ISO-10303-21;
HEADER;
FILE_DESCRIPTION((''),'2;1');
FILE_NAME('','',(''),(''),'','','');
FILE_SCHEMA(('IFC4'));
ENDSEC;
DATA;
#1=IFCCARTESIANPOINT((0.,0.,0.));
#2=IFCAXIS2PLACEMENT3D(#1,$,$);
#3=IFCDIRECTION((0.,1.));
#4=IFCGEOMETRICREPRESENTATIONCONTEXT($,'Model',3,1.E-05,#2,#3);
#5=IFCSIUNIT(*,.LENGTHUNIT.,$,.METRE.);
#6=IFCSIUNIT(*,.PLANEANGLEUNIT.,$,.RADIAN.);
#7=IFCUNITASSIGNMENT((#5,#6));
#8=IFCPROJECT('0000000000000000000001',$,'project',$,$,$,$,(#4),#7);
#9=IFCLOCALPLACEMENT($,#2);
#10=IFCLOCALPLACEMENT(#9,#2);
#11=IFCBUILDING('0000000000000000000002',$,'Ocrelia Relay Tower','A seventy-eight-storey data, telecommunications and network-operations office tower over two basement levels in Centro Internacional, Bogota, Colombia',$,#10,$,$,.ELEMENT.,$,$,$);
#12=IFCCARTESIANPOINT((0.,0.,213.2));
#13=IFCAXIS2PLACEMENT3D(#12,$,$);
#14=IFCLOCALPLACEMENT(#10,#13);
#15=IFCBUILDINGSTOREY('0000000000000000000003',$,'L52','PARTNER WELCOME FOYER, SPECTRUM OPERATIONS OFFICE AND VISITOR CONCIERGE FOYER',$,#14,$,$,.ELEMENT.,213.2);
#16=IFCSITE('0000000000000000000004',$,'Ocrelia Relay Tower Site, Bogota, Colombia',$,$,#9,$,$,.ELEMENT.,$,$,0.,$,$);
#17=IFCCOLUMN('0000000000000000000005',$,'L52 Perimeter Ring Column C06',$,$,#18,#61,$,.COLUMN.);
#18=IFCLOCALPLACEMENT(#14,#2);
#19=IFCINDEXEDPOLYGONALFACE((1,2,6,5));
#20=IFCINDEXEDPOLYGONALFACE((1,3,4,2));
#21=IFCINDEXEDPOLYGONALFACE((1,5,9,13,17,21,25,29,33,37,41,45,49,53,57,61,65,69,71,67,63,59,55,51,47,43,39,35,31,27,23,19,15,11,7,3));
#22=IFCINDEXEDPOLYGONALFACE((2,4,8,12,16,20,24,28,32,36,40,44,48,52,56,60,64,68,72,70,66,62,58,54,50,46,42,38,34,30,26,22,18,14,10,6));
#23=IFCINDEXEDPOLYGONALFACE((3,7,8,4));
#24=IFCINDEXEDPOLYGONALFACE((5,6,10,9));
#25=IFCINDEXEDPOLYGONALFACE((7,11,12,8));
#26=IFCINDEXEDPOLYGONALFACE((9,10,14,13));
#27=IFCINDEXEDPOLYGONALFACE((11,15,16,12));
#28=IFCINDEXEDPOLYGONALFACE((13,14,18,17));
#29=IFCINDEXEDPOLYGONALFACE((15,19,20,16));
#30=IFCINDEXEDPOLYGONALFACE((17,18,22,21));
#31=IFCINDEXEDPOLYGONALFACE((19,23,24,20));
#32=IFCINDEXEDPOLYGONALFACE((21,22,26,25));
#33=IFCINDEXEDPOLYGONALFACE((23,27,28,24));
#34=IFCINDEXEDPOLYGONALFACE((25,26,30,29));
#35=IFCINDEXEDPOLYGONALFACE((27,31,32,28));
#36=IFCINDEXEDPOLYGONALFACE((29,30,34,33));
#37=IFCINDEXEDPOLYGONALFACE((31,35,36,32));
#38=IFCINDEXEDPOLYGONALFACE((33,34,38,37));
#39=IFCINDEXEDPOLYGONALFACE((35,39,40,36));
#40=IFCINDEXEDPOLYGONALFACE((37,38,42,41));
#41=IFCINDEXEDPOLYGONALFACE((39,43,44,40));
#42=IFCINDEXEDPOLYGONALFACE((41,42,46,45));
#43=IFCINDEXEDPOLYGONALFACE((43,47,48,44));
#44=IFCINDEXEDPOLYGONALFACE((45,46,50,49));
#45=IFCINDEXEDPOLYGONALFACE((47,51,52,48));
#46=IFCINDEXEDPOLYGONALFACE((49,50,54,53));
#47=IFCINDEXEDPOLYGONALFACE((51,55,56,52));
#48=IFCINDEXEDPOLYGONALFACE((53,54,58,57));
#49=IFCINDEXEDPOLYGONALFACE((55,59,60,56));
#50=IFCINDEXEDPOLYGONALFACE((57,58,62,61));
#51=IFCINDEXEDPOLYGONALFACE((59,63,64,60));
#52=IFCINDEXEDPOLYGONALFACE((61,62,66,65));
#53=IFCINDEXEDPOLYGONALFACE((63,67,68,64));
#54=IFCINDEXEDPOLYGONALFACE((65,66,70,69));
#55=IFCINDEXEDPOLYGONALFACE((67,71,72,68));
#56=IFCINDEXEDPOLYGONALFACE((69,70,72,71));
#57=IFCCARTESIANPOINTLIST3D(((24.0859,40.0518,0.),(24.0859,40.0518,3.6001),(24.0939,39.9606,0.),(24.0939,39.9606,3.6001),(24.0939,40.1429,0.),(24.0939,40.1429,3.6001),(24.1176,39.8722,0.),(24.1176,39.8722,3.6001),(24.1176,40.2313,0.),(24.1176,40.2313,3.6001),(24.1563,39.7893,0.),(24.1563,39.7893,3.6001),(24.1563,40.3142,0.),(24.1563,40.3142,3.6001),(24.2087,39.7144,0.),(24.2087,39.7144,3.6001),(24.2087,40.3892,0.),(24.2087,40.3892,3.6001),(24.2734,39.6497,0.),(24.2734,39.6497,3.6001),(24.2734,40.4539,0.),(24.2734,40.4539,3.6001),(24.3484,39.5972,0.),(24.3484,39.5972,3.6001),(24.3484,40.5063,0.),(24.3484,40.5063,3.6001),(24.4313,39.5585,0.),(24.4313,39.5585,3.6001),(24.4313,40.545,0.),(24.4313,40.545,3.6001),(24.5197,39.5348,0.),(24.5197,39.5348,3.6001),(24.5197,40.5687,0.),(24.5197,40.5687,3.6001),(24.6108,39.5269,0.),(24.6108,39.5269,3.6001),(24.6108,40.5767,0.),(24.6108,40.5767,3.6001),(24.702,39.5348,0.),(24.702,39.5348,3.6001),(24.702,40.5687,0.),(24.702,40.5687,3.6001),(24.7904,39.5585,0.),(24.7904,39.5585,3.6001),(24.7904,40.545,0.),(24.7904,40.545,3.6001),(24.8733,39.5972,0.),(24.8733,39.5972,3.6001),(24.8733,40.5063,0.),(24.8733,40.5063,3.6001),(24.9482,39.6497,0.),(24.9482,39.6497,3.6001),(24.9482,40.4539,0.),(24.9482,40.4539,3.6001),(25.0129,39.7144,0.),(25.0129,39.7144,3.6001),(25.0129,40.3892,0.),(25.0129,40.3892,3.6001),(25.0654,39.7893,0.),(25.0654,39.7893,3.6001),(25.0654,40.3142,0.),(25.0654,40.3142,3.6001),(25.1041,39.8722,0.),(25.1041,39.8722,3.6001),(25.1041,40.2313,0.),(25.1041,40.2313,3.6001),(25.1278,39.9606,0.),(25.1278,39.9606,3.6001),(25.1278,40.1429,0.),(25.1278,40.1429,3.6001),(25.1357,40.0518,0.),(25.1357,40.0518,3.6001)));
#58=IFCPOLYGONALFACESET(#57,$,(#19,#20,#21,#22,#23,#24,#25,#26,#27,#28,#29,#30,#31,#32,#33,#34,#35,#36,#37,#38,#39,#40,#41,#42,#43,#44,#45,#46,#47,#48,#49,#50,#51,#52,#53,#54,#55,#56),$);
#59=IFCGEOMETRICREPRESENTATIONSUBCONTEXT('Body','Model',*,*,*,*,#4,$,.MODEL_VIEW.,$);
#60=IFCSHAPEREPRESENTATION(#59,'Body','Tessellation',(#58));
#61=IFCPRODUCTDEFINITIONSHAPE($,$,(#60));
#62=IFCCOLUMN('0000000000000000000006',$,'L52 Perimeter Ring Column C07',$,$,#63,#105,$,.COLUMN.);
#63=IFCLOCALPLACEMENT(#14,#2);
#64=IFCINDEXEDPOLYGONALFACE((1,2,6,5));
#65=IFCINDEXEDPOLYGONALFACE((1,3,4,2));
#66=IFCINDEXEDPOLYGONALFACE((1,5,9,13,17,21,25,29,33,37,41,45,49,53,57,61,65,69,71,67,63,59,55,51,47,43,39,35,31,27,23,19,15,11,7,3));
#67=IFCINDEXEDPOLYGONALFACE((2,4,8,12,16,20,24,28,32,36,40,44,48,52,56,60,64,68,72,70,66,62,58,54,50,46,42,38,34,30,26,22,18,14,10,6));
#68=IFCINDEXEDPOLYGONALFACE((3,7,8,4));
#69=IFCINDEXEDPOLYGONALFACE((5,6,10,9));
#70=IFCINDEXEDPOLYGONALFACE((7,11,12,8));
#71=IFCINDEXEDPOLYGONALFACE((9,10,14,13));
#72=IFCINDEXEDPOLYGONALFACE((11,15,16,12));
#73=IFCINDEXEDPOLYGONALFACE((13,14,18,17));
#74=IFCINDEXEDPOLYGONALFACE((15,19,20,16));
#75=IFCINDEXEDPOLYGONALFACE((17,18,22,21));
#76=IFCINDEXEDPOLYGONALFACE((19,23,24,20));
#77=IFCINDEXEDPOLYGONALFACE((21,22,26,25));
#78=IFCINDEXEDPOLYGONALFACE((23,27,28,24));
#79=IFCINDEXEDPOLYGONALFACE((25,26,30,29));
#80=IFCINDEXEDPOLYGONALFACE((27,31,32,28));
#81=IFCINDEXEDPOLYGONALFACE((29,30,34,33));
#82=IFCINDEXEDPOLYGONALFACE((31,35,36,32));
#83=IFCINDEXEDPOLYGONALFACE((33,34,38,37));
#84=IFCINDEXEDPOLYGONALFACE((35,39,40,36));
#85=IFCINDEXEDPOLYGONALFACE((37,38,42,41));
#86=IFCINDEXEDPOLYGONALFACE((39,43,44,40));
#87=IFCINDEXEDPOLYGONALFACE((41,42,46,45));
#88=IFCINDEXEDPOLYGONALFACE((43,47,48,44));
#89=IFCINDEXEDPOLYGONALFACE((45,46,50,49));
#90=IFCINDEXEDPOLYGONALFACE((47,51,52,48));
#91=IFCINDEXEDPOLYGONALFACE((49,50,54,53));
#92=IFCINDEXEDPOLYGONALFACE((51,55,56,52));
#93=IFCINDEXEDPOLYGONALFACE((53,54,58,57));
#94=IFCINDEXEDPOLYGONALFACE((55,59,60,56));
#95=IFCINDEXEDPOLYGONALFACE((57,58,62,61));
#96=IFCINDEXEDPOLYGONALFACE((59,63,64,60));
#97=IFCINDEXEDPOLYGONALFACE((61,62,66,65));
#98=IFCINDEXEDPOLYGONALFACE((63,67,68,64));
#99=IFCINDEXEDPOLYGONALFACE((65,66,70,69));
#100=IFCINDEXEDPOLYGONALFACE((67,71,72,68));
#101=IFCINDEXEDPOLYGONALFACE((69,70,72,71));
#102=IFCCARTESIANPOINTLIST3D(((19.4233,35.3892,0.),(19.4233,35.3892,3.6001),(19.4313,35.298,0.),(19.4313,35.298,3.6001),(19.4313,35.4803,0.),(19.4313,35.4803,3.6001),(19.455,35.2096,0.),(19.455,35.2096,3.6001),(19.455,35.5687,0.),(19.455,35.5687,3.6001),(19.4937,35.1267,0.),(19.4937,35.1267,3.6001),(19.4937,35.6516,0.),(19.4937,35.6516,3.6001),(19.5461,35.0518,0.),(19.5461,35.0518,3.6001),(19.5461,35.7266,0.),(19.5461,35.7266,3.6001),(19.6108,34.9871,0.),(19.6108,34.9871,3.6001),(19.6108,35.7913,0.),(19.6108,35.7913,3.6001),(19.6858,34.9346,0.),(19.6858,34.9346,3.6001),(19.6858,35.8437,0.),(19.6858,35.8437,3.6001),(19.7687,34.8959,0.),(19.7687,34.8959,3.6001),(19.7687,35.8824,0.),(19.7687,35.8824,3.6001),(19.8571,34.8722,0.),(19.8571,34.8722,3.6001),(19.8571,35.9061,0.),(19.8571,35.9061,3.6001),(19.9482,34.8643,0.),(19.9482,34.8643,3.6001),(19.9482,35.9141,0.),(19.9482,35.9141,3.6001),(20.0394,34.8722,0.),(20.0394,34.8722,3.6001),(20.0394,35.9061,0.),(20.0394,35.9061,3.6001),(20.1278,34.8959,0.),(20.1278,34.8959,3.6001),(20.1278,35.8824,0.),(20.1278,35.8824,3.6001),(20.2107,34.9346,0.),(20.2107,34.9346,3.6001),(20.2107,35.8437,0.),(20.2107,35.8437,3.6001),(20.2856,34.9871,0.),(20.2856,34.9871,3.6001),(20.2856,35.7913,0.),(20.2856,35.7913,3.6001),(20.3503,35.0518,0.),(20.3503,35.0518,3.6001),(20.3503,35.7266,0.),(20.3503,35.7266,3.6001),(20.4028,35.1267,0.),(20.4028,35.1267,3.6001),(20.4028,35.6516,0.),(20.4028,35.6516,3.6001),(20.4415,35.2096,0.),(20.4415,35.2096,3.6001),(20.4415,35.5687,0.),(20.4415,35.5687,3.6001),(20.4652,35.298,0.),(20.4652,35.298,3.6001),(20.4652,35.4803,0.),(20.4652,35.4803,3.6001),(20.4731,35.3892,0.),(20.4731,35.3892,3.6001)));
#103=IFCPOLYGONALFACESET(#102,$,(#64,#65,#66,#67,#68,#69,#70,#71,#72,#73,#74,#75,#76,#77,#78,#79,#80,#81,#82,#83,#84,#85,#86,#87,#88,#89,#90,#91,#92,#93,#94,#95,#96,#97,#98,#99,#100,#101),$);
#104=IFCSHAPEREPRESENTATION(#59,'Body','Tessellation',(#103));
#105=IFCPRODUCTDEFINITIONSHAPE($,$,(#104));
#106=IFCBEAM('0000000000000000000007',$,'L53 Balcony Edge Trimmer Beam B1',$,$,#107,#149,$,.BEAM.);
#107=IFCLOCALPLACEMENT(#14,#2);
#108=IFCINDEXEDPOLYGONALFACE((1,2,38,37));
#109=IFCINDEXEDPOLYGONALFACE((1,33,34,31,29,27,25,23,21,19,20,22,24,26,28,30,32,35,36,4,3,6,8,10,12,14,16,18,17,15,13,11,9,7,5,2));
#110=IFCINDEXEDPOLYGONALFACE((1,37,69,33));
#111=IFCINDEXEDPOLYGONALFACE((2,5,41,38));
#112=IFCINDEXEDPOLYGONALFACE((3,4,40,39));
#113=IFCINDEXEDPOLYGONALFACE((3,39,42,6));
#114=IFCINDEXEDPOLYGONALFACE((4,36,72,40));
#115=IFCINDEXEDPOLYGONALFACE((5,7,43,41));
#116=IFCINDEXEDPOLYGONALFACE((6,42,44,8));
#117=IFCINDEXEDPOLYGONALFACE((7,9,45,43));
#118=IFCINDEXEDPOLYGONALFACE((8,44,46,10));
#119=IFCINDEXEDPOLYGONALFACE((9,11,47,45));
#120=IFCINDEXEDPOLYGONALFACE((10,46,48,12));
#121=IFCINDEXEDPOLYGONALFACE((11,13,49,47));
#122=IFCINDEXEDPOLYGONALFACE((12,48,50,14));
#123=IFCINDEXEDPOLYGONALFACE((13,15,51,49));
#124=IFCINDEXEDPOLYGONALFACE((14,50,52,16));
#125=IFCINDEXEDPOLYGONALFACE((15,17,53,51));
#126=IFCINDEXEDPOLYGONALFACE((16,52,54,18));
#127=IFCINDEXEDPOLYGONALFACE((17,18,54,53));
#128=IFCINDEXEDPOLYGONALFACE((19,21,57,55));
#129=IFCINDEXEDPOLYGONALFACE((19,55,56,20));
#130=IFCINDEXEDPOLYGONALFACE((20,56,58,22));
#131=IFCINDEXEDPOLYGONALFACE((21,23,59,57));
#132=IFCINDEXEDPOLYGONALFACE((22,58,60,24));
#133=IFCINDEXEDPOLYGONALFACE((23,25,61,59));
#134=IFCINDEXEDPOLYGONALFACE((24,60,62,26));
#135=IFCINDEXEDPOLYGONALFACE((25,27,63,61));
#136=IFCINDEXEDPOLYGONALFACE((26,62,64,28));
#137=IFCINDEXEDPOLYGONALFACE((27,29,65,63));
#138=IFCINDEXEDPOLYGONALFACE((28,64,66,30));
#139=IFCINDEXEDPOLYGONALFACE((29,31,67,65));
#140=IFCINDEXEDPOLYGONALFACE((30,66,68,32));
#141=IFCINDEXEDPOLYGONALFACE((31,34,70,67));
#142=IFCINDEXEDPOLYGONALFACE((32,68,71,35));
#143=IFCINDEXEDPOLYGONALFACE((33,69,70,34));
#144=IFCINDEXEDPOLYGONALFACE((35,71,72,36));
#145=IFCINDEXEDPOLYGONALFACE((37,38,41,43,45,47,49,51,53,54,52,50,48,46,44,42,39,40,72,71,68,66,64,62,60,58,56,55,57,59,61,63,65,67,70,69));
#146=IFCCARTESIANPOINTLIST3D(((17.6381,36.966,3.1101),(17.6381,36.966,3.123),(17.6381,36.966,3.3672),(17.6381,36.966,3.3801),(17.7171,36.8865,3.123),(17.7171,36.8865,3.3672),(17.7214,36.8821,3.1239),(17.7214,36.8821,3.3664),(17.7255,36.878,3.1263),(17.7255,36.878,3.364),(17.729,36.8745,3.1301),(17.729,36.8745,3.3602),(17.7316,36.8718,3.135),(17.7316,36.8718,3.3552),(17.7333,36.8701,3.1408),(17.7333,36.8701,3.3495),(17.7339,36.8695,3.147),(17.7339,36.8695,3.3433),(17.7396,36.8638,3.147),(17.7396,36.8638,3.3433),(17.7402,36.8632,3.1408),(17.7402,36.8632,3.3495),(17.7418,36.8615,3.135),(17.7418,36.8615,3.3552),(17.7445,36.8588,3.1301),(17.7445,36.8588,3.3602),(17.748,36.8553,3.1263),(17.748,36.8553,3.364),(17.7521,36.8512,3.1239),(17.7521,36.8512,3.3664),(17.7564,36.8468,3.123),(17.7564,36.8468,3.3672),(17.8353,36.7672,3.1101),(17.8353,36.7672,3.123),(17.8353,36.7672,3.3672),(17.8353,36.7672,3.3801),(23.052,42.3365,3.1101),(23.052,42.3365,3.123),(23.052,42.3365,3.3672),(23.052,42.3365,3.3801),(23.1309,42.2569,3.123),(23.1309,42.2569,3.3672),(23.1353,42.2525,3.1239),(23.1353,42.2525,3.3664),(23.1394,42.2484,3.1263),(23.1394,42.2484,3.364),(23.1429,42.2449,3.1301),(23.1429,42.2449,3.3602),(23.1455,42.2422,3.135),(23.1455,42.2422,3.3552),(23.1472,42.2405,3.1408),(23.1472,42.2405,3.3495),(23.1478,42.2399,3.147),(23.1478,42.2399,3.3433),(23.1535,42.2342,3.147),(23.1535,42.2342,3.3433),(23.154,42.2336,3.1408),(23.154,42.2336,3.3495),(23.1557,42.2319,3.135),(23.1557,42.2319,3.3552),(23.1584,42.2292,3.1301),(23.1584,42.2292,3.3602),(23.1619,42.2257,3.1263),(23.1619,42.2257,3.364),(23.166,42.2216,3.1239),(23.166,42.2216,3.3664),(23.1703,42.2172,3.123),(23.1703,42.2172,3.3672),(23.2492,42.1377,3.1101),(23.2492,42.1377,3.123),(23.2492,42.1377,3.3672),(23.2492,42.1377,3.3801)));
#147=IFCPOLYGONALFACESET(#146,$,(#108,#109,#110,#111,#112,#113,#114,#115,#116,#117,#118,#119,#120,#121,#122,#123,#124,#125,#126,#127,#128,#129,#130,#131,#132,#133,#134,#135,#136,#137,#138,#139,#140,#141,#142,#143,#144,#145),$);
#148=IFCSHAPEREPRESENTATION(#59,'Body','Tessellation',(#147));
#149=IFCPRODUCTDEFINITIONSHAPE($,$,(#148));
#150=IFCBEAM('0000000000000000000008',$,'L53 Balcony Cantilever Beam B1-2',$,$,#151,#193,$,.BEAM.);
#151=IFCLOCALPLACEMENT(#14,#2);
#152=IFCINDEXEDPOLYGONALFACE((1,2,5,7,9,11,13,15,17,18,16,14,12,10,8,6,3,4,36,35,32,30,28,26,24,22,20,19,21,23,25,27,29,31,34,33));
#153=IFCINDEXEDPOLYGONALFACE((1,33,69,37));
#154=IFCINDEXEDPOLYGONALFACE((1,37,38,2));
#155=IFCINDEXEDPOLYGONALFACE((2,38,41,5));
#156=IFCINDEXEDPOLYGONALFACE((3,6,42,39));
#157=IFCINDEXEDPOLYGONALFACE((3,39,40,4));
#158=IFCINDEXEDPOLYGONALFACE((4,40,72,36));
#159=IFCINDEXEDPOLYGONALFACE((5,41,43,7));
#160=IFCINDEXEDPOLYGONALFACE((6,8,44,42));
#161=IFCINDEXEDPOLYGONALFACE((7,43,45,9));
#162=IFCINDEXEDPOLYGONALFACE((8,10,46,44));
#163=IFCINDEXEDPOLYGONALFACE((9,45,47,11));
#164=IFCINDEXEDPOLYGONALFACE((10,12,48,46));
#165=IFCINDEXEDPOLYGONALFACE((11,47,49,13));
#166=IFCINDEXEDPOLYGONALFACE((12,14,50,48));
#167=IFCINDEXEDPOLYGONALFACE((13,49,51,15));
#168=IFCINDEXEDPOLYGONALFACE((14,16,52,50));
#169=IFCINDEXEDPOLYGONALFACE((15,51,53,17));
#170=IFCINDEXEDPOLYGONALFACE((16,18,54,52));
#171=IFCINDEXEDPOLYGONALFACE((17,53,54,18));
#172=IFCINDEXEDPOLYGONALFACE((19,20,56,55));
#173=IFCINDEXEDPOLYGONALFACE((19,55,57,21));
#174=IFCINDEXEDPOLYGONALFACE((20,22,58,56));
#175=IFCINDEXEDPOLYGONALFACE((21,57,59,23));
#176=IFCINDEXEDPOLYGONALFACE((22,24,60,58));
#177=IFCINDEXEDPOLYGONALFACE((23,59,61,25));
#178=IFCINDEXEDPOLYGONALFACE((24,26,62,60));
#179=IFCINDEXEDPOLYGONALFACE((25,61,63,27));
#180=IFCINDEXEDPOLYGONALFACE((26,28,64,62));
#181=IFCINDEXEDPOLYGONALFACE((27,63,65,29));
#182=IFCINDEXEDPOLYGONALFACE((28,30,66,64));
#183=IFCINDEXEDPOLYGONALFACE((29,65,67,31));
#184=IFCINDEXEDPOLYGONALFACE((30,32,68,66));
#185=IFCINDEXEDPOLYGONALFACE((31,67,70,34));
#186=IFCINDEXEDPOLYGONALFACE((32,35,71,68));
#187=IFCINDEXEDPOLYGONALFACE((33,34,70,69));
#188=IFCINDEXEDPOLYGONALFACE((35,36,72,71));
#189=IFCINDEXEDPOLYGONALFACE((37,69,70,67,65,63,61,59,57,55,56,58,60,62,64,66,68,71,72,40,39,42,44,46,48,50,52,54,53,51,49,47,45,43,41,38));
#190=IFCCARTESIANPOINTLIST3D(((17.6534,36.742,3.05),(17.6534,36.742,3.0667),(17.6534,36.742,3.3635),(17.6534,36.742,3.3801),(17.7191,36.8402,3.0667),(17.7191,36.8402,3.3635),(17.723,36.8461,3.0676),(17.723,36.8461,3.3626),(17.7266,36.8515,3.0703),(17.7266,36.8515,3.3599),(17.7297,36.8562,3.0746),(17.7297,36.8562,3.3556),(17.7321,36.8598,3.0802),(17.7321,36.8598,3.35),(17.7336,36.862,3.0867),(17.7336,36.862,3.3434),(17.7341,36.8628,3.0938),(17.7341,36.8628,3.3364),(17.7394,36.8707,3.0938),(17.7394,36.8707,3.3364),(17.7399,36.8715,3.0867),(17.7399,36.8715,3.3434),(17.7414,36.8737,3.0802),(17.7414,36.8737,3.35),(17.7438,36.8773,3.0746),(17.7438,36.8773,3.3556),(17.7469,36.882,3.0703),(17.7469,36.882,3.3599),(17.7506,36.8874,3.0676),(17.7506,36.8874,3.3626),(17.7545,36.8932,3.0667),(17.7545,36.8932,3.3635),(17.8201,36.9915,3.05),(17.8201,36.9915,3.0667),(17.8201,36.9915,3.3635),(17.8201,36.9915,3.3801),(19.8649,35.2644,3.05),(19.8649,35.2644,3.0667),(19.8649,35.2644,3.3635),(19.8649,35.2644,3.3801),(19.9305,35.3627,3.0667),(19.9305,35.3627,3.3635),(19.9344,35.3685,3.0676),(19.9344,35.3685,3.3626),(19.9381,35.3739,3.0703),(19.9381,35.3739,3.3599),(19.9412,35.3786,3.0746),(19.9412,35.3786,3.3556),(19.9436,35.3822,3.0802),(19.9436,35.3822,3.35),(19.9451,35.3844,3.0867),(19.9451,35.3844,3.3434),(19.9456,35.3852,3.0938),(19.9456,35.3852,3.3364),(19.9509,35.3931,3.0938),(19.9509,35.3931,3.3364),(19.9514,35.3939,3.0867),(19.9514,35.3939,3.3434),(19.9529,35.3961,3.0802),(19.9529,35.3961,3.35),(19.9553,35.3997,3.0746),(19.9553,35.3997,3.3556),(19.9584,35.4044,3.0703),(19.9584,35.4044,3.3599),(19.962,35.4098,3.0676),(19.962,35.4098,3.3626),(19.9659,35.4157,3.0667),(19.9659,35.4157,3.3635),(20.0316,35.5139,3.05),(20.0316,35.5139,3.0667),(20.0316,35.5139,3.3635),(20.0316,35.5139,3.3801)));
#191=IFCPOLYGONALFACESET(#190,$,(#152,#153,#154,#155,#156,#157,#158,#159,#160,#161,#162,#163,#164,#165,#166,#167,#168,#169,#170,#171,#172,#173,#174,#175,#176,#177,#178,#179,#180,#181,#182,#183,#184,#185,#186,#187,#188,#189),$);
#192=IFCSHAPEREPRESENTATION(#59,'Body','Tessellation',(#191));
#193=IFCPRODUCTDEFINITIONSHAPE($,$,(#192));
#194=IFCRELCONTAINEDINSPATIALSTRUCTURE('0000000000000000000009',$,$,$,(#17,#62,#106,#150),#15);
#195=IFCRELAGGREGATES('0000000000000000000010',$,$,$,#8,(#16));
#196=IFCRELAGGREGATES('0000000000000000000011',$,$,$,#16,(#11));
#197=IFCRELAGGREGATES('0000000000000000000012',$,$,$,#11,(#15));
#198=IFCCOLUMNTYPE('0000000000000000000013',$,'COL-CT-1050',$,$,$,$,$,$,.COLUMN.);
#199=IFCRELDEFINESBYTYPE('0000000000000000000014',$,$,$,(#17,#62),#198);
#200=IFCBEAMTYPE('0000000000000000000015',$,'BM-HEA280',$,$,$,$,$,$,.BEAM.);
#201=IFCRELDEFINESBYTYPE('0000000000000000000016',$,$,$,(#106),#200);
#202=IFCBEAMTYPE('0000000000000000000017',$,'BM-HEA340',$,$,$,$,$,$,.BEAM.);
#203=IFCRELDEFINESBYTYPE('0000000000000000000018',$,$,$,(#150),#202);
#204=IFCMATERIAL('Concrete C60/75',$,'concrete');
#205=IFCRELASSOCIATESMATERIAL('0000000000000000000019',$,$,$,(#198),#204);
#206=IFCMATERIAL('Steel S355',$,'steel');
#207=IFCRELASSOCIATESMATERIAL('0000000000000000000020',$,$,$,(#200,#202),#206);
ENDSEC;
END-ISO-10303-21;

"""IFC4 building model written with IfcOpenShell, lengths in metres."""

from ifc_helpers import new_model, si_unit, direction, frame, origin, origin_2d, place, context, subcontext, project, spatial, circle, i_section, extrude, material, material_profile, profile_set, type_object, element, save


model = new_model("IFC4")

# Units and contexts
model_context = context("Model", 3, precision=1e-05, world=origin(), true_north=direction((0.0, 1.0)))
body_context = subcontext(model_context, "Body", "Model", "MODEL_VIEW")
ifc_project = project(units=[si_unit("LENGTHUNIT", "METRE"), si_unit("PLANEANGLEUNIT", "RADIAN")], contexts=[model_context])

# Site, building, storey
site_placement = place(None, origin())
site = spatial("IfcSite", under=ifc_project, at=site_placement, Name="Ocrelia Relay Tower Site, Bogota, Colombia", CompositionType="ELEMENT", RefElevation=0.0)
building_placement = place(site_placement, origin())
building = spatial("IfcBuilding", under=site, at=building_placement, Name="Ocrelia Relay Tower", Description="A seventy-eight-storey data, telecommunications and network-operations office tower over two basement levels in Centro Internacional, Bogota, Colombia", CompositionType="ELEMENT")
storey_placement = place(building_placement, frame((0.0, 0.0, 213.2)))
storey = spatial("IfcBuildingStorey", under=building, at=storey_placement, Name="L52", Description="PARTNER WELCOME FOYER, SPECTRUM OPERATIONS OFFICE AND VISITOR CONCIERGE FOYER", CompositionType="ELEMENT", Elevation=213.2)

# Columns
ifc_material_1 = material(Name="Concrete C60/75", Category="concrete")
ifc_material_profile_1 = material_profile(ifc_material_1, circle(Radius=0.5249, at=origin_2d()), Name="RC-CIR-1050")
ifc_profile_set_1 = profile_set([ifc_material_profile_1], Name="Concrete C60/75")
column_type = type_object("IfcColumnType", Name="COL-CT-1050", PredefinedType="COLUMN", material=ifc_profile_set_1)
for number, where, z_axis, x_axis, name in (
    (1, (24.6108, 40.0518, 0.0), (0.0, 0.0, 1.0), (1.0, 0.0, 0.0), "L52 Perimeter Ring Column C06"),
    (2, (19.9482, 35.3892, 0.0), (0.0, 0.0, 1.0), (1.0, 0.0, 0.0), "L52 Perimeter Ring Column C07"),
):
    element("IfcColumn", number, at=place(storey_placement, frame(where, z_axis=z_axis, x_axis=x_axis)), inside=storey, type_object=column_type, Name=name, PredefinedType="COLUMN", context=body_context, shape_type="SweptSolid", body=[
        extrude(circle(Radius=0.5249, at=origin_2d()), origin(), (0.0, 0.0, 1.0), 3.6001),
    ])

# Beams
ifc_material_2 = material(Name="Steel S355", Category="steel")
ifc_material_profile_2 = material_profile(ifc_material_2, i_section(OverallWidth=0.28, OverallDepth=0.27, WebThickness=0.0081, FlangeThickness=0.0129, FilletRadius=0.0239, at=origin_2d()), Name="HEA 280")
ifc_profile_set_2 = profile_set([ifc_material_profile_2], Name="Steel S355")
beam_type_1 = type_object("IfcBeamType", Name="BM-HEA280", PredefinedType="BEAM", material=ifc_profile_set_2)
beam_1_placement = place(storey_placement, frame((23.1506, 42.2371, 3.2451), z_axis=(-0.70995, -0.704252, 0.0), x_axis=(0.704252, -0.70995, 0.0)))
element("IfcBeam", 3, at=beam_1_placement, inside=storey, type_object=beam_type_1, Name="L53 Balcony Edge Trimmer Beam B1", PredefinedType="BEAM", context=body_context, shape_type="SweptSolid", body=[
    extrude(i_section(OverallWidth=0.28, OverallDepth=0.27, WebThickness=0.0081, FlangeThickness=0.0129, FilletRadius=0.0239, at=origin_2d()), origin(), (0.0, 0.0, 1.0), 7.6257),
])
ifc_material_profile_3 = material_profile(ifc_material_2, i_section(OverallWidth=0.3, OverallDepth=0.3301, WebThickness=0.0095, FlangeThickness=0.0166, FilletRadius=0.0271, at=origin_2d()), Name="HEA 340")
ifc_profile_set_3 = profile_set([ifc_material_profile_3], Name="Steel S355")
beam_type_2 = type_object("IfcBeamType", Name="BM-HEA340", PredefinedType="BEAM", material=ifc_profile_set_3)
beam_2_placement = place(storey_placement, frame((19.9482, 35.3892, 3.2151), z_axis=(-0.831485, 0.555547, 0.0), x_axis=(-0.555547, -0.831485, 0.0)))
element("IfcBeam", 4, at=beam_2_placement, inside=storey, type_object=beam_type_2, Name="L53 Balcony Cantilever Beam B1-2", PredefinedType="BEAM", context=body_context, shape_type="SweptSolid", body=[
    extrude(i_section(OverallWidth=0.3, OverallDepth=0.3301, WebThickness=0.0095, FlangeThickness=0.0166, FilletRadius=0.0271, at=origin_2d()), origin(), (0.0, 0.0, 1.0), 2.6597),
])

save(model, "model.ifc")
